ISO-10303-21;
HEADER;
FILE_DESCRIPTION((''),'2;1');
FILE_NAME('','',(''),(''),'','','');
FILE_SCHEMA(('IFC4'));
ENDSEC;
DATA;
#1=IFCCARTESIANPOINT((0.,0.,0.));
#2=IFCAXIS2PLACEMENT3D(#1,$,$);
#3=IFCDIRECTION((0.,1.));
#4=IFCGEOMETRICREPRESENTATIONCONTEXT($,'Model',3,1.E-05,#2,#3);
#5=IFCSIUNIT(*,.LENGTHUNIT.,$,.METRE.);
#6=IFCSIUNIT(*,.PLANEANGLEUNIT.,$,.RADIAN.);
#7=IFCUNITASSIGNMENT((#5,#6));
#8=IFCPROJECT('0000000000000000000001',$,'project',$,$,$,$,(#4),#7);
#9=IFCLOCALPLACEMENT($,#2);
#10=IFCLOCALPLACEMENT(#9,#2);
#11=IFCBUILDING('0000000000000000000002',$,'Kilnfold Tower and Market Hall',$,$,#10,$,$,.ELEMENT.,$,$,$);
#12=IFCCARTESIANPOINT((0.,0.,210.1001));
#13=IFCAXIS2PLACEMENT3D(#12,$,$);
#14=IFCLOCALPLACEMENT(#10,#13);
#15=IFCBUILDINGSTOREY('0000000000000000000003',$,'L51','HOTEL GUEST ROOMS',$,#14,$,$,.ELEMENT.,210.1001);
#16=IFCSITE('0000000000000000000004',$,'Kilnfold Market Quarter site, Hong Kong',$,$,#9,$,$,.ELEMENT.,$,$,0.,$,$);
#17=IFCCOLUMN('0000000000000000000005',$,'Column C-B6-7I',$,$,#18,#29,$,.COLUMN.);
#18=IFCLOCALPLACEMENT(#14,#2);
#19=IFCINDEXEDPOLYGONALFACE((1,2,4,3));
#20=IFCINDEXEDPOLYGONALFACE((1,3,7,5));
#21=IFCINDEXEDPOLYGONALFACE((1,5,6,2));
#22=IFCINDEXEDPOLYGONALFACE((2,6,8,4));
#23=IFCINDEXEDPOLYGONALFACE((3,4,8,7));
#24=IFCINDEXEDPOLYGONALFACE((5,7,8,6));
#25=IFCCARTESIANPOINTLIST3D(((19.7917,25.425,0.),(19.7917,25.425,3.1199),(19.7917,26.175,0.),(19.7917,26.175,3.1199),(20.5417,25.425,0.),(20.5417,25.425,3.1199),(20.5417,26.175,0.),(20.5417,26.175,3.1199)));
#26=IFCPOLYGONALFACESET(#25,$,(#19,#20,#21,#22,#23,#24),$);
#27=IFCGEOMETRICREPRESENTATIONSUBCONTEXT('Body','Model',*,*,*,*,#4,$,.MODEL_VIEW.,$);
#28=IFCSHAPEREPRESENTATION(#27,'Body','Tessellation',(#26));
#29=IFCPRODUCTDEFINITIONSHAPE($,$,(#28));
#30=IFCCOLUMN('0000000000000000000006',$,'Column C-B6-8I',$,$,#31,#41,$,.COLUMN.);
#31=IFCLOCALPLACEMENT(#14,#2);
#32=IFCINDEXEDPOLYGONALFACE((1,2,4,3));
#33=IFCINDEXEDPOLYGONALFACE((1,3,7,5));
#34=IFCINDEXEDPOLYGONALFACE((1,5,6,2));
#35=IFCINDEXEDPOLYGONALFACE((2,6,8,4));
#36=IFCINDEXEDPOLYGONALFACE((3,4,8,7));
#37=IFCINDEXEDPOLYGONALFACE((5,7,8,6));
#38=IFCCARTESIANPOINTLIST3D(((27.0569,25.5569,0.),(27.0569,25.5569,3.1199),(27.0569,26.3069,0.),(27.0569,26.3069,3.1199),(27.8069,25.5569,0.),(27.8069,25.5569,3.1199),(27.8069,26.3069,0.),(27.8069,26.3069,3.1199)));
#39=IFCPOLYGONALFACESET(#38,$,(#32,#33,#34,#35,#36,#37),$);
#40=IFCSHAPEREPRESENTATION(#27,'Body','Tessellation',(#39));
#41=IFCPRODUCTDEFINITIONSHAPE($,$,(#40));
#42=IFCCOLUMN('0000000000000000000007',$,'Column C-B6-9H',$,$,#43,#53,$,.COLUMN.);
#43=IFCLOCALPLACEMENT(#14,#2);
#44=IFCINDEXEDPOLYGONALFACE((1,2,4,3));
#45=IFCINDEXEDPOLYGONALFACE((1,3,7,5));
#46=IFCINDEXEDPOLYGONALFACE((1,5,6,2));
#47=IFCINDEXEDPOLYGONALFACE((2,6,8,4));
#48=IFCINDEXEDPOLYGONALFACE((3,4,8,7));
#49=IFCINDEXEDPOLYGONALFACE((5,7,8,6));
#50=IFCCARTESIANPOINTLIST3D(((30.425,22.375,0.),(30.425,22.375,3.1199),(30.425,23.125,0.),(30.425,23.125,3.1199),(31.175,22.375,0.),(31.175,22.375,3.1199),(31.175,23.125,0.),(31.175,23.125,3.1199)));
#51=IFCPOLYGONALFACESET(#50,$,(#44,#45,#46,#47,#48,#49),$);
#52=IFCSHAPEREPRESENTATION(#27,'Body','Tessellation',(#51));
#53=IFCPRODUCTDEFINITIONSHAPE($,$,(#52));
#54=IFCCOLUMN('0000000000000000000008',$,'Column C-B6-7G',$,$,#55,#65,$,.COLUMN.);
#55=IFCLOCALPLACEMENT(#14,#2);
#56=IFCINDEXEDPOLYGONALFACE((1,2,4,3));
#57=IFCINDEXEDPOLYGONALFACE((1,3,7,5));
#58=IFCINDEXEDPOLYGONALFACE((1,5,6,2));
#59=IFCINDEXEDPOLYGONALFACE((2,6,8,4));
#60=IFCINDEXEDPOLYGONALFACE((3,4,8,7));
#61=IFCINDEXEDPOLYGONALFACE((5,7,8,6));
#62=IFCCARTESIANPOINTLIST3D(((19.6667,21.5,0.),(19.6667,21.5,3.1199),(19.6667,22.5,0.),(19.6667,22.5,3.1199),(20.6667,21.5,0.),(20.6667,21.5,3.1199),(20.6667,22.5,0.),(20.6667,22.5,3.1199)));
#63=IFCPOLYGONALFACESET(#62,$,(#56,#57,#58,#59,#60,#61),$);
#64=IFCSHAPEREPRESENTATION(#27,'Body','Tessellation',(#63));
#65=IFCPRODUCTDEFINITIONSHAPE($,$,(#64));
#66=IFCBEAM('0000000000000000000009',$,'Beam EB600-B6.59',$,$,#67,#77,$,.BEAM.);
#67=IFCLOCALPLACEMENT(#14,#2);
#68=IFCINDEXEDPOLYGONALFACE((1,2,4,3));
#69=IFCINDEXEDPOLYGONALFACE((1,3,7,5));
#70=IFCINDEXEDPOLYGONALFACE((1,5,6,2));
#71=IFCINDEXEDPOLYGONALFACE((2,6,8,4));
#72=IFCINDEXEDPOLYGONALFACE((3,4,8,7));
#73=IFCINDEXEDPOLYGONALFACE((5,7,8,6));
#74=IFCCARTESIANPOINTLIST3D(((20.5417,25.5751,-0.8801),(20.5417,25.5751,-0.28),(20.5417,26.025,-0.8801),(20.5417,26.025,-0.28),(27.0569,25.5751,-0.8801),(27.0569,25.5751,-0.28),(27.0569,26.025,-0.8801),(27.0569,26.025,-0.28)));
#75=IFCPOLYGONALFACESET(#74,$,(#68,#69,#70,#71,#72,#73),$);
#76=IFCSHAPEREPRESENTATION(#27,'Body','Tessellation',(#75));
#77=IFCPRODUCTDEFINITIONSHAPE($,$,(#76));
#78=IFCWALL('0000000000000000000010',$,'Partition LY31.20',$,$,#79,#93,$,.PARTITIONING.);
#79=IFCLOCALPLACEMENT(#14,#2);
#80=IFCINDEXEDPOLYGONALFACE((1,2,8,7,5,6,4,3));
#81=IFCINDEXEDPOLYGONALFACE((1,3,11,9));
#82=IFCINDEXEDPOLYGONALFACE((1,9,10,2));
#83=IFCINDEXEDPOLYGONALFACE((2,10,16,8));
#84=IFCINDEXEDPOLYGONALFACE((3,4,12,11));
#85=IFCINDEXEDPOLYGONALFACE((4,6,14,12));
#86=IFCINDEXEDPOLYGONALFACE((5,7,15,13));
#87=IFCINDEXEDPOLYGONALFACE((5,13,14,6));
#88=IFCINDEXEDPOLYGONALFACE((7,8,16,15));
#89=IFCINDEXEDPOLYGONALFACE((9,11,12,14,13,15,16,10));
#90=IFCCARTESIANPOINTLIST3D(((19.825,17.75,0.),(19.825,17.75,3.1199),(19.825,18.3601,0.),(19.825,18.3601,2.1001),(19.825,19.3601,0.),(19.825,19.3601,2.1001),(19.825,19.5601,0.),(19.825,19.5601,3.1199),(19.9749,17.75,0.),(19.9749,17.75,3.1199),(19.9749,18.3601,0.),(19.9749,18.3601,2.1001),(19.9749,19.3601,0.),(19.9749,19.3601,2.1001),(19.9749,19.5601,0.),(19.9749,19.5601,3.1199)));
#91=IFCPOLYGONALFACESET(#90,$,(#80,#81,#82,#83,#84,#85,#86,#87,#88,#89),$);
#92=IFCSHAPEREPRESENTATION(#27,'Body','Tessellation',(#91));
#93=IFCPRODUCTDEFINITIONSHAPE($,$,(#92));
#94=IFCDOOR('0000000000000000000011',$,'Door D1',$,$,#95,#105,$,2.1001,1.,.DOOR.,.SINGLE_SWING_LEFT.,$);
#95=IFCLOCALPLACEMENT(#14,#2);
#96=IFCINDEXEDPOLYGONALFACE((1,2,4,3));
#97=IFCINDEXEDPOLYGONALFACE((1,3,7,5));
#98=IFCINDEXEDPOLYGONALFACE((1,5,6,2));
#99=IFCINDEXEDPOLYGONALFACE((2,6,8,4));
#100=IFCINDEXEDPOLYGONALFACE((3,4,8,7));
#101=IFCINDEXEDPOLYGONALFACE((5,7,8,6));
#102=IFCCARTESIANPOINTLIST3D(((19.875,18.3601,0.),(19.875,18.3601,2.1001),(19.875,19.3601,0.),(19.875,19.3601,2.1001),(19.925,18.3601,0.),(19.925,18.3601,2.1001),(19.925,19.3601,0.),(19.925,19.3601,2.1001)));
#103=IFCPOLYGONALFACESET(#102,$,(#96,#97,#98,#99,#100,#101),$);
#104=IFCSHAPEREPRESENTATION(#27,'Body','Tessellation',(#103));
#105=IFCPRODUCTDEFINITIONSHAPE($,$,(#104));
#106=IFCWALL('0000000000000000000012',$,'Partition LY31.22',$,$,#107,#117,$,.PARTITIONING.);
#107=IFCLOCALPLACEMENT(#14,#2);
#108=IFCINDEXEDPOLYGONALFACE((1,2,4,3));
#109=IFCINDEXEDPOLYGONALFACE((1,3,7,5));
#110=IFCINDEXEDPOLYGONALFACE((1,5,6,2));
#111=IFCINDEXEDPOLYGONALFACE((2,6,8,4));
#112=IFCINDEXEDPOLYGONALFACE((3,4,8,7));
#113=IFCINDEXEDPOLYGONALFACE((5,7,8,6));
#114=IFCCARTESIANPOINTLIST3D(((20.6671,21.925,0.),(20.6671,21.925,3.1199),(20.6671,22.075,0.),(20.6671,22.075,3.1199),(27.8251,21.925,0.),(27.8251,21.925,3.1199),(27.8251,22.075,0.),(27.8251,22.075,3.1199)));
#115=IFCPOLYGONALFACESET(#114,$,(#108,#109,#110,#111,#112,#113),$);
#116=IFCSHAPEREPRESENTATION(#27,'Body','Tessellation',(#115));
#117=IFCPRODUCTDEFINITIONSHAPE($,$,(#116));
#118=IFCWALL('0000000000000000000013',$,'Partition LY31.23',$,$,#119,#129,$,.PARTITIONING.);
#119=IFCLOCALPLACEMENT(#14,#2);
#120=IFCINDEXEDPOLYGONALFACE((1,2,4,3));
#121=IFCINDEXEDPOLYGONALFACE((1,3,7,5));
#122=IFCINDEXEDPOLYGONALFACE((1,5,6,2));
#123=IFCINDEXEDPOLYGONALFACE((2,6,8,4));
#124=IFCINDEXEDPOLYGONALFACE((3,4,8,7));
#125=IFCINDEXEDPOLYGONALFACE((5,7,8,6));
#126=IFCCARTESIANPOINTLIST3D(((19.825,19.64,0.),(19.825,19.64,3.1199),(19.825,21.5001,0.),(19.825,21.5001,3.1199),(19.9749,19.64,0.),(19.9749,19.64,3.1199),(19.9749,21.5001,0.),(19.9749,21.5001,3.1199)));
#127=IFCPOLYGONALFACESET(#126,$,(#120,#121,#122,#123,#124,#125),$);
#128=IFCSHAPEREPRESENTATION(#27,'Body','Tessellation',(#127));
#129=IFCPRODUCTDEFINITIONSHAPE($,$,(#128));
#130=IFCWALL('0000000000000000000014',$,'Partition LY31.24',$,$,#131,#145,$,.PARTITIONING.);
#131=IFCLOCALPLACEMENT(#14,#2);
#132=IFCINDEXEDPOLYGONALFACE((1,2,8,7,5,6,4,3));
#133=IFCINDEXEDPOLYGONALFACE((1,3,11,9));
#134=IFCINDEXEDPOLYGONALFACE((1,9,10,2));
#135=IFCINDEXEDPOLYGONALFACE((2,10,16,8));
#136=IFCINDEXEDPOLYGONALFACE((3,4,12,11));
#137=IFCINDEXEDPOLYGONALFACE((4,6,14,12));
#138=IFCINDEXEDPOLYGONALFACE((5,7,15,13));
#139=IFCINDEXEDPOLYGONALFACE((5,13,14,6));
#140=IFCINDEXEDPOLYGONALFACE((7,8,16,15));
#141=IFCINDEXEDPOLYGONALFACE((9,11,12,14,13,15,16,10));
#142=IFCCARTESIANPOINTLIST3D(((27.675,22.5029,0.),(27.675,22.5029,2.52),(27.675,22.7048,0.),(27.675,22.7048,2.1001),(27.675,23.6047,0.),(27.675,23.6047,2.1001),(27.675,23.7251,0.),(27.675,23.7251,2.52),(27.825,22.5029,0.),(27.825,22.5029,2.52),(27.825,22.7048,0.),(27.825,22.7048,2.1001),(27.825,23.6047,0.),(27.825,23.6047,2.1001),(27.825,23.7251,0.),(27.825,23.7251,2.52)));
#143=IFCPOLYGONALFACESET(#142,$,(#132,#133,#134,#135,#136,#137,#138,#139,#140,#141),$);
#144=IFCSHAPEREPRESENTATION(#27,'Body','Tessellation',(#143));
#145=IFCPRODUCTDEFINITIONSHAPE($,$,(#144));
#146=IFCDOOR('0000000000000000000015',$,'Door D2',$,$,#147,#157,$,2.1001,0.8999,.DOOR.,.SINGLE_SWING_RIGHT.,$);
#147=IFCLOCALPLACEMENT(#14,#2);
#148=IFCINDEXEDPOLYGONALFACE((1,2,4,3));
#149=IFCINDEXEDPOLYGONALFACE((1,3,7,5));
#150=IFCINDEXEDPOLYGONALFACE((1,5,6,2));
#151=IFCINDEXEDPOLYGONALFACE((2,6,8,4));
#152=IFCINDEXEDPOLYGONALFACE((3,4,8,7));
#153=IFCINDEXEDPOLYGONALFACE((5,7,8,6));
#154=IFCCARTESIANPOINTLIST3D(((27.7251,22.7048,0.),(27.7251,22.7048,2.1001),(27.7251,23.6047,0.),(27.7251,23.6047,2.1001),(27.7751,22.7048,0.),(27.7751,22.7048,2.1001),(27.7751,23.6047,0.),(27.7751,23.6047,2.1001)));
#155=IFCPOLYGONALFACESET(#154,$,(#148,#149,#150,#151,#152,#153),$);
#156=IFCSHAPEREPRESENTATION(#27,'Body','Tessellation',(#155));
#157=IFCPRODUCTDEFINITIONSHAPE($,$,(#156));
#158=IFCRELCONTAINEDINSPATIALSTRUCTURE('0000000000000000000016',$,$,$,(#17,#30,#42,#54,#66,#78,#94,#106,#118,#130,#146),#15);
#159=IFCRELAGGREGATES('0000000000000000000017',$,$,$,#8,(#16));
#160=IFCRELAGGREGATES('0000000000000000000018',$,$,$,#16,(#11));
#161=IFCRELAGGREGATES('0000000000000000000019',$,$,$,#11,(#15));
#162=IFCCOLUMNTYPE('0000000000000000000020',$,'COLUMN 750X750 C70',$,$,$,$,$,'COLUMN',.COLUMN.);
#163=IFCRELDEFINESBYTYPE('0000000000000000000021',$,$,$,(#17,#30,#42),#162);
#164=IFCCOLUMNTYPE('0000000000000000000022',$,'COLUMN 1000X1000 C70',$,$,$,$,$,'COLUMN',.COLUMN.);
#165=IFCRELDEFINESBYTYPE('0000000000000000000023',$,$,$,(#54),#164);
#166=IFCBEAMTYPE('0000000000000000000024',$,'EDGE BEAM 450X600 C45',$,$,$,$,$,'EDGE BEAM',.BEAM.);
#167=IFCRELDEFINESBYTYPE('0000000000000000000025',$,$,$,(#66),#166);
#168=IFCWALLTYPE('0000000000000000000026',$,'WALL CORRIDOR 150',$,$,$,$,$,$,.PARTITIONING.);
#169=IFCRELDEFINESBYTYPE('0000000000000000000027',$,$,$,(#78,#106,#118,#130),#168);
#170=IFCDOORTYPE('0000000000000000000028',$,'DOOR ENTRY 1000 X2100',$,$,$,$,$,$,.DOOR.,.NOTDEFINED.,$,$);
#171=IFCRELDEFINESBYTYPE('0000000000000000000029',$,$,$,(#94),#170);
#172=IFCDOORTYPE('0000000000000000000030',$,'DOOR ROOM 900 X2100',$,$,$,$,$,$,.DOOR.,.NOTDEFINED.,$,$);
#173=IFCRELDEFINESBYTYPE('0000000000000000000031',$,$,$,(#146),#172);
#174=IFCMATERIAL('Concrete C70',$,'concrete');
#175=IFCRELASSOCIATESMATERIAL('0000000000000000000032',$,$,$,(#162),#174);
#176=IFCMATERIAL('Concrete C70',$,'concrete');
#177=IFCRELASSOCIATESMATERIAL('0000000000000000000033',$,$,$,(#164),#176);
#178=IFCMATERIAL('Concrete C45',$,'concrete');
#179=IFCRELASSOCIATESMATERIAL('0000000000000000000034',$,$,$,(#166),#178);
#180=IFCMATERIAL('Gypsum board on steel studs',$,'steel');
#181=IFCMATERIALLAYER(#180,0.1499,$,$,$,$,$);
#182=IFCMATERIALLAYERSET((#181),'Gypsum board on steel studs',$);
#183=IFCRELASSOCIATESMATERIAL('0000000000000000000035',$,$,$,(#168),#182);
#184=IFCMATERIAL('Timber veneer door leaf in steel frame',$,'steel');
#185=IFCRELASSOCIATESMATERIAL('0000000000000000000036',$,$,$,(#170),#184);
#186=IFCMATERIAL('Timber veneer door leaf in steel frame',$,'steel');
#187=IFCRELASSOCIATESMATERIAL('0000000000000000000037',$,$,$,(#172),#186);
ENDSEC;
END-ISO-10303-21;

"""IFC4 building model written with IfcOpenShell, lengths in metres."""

from ifc_helpers import new_model, si_unit, direction, frame, frame_2d, origin, origin_2d, place, context, subcontext, project, spatial, rectangle, extrude, source, transform, mapped, material, layer, layer_set, material_profile, profile_set, type_object, element, fill, save


model = new_model("IFC4")

# Units and contexts
model_context = context("Model", 3, precision=1e-05, world=origin(), true_north=direction((0.0, 1.0)))
body_context = subcontext(model_context, "Body", "Model", "MODEL_VIEW")
ifc_project = project(units=[si_unit("LENGTHUNIT", "METRE"), si_unit("PLANEANGLEUNIT", "RADIAN")], contexts=[model_context])

# Site, building, storey
site_placement = place(None, origin())
site = spatial("IfcSite", under=ifc_project, at=site_placement, Name="Kilnfold Market Quarter site, Hong Kong", CompositionType="ELEMENT", RefElevation=0.0)
building_placement = place(site_placement, origin())
building = spatial("IfcBuilding", under=site, at=building_placement, Name="Kilnfold Tower and Market Hall", CompositionType="ELEMENT")
storey_placement = place(building_placement, frame((0.0, 0.0, 210.1001)))
storey = spatial("IfcBuildingStorey", under=building, at=storey_placement, Name="L51", Description="HOTEL GUEST ROOMS", CompositionType="ELEMENT", Elevation=210.1001)

# Columns
ifc_material_1 = material(Name="Concrete C70", Category="concrete")
ifc_material_profile_1 = material_profile(ifc_material_1, rectangle(XDim=0.75, YDim=0.75, at=origin_2d()), Name="RC 750x750")
ifc_profile_set_1 = profile_set([ifc_material_profile_1], Name="Concrete C70")
column_type_1 = type_object("IfcColumnType", Name="COLUMN 750X750 C70", ElementType="COLUMN", PredefinedType="COLUMN", material=ifc_profile_set_1)
shared_shape_1 = source(origin(), body_context, "Body", "SweptSolid", [
    extrude(rectangle(XDim=0.75, YDim=0.75, at=origin_2d()), origin(), (0.0, 0.0, 1.0), 3.1199),
])
for number, where, z_axis, x_axis, name in (
    (1, (20.1667, 25.8, 0.0), (0.0, 0.0, 1.0), (1.0, 0.0, 0.0), "Column C-B6-7I"),
    (2, (27.4319, 25.9319, 0.0), (0.0, 0.0, 1.0), (1.0, 0.0, 0.0), "Column C-B6-8I"),
    (3, (30.8, 22.75, 0.0), (0.0, 0.0, 1.0), (1.0, 0.0, 0.0), "Column C-B6-9H"),
):
    element("IfcColumn", number, at=place(storey_placement, frame(where, z_axis=z_axis, x_axis=x_axis)), inside=storey, type_object=column_type_1, Name=name, PredefinedType="COLUMN", context=body_context, shape_type="MappedRepresentation", body=[
        mapped(shared_shape_1, transform((0.0, 0.0, 0.0))),
    ])
ifc_material_2 = material(Name="Concrete C70", Category="concrete")
ifc_material_profile_2 = material_profile(ifc_material_2, rectangle(XDim=1.0, YDim=1.0, at=origin_2d()), Name="RC 1000x1000")
ifc_profile_set_2 = profile_set([ifc_material_profile_2], Name="Concrete C70")
column_type_2 = type_object("IfcColumnType", Name="COLUMN 1000X1000 C70", ElementType="COLUMN", PredefinedType="COLUMN", material=ifc_profile_set_2)
shared_shape_2 = source(origin(), body_context, "Body", "SweptSolid", [
    extrude(rectangle(XDim=1.0, YDim=1.0, at=origin_2d()), origin(), (0.0, 0.0, 1.0), 3.1199),
])
column_placement = place(storey_placement, frame((20.1667, 22.0, 0.0), z_axis=(0.0, 0.0, 1.0), x_axis=(1.0, 0.0, 0.0)))
element("IfcColumn", 4, at=column_placement, inside=storey, type_object=column_type_2, Name="Column C-B6-7G", PredefinedType="COLUMN", context=body_context, shape_type="MappedRepresentation", body=[
    mapped(shared_shape_2, transform((0.0, 0.0, 0.0))),
])

# Beam
ifc_material_3 = material(Name="Concrete C45", Category="concrete")
ifc_material_profile_3 = material_profile(ifc_material_3, rectangle(XDim=0.45, YDim=0.6001, at=origin_2d()), Name="RC 450x600")
ifc_profile_set_3 = profile_set([ifc_material_profile_3], Name="Concrete C45")
beam_type = type_object("IfcBeamType", Name="EDGE BEAM 450X600 C45", ElementType="EDGE BEAM", PredefinedType="BEAM", material=ifc_profile_set_3)
shared_shape_3 = source(origin(), body_context, "Body", "SweptSolid", [
    extrude(rectangle(XDim=0.45, YDim=0.6001, at=origin_2d()), origin(), (0.0, 0.0, 1.0), 6.5151),
])
beam_placement = place(storey_placement, frame((20.5417, 25.8, -0.5801), z_axis=(1.0, 0.0, 0.0), x_axis=(0.0, 1.0, 0.0)))
element("IfcBeam", 5, at=beam_placement, inside=storey, type_object=beam_type, Name="Beam EB600-B6.59", PredefinedType="BEAM", context=body_context, shape_type="MappedRepresentation", body=[
    mapped(shared_shape_3, transform((0.0, 0.0, 0.0))),
])

# Wall, opening, door
ifc_material_4 = material(Name="Gypsum board on steel studs", Category="steel")
ifc_layer_1 = layer(ifc_material_4, 0.1499)
ifc_layer_set_1 = layer_set([ifc_layer_1], Name="Gypsum board on steel studs")
wall_type_1 = type_object("IfcWallType", Name="WALL CORRIDOR 150", PredefinedType="PARTITIONING", material=ifc_layer_set_1)
wall_1_placement = place(storey_placement, frame((19.8999, 17.75, 0.0), z_axis=(0.0, 0.0, 1.0), x_axis=(0.0, 1.0, 0.0)))
wall_1 = element("IfcWall", 6, at=wall_1_placement, inside=storey, type_object=wall_type_1, Name="Partition LY31.20", PredefinedType="PARTITIONING", context=body_context, shape_type="SweptSolid", body=[
    extrude(rectangle(XDim=1.8101, YDim=0.1499, at=frame_2d((0.905, 0.0))), origin(), (0.0, 0.0, 1.0), 3.1199),
])
opening_1_placement = place(wall_1_placement, frame((0.6101, 0.0, 0.0)))
opening_1 = element("IfcOpeningElement", 7, at=opening_1_placement, cuts=wall_1, PredefinedType="OPENING", context=body_context, shape_type="SweptSolid", body=[
    extrude(rectangle(XDim=1.0, YDim=2.1001, at=frame_2d((0.5, 1.05))), frame((0.0, 0.085, 0.0), z_axis=(0.0, -1.0, 0.0), x_axis=(1.0, 0.0, 0.0)), (0.0, 0.0, 1.0), 0.1699),
])
ifc_material_5 = material(Name="Timber veneer door leaf in steel frame", Category="steel")
door_type_1 = type_object("IfcDoorType", Name="DOOR ENTRY 1000 X2100", OperationType="NOTDEFINED", PredefinedType="DOOR", material=ifc_material_5)
door_1_placement = place(opening_1_placement, origin())
door_1 = element("IfcDoor", 8, at=door_1_placement, inside=storey, type_object=door_type_1, Name="Door D1", OperationType="SINGLE_SWING_LEFT", OverallHeight=2.1001, OverallWidth=1.0, PredefinedType="DOOR", context=body_context, shape_type="SweptSolid", body=[
    extrude(rectangle(XDim=1.0, YDim=2.1001, at=frame_2d((0.5, 1.05))), frame((0.0, 0.0249, 0.0), z_axis=(0.0, -1.0, 0.0), x_axis=(1.0, 0.0, 0.0)), (0.0, 0.0, 1.0), 0.05),
])
fill(opening_1, door_1)

# Walls
wall_2_placement = place(storey_placement, frame((20.667, 22.0, 0.0), z_axis=(0.0, 0.0, 1.0), x_axis=(1.0, 0.0, 0.0)))
element("IfcWall", 9, at=wall_2_placement, inside=storey, type_object=wall_type_1, Name="Partition LY31.22", PredefinedType="PARTITIONING", context=body_context, shape_type="SweptSolid", body=[
    extrude(rectangle(XDim=7.158, YDim=0.1499, at=frame_2d((3.5791, 0.0))), origin(), (0.0, 0.0, 1.0), 3.1199),
])
wall_3_placement = place(storey_placement, frame((19.8999, 19.6399, 0.0), z_axis=(0.0, 0.0, 1.0), x_axis=(0.0, 1.0, 0.0)))
element("IfcWall", 10, at=wall_3_placement, inside=storey, type_object=wall_type_1, Name="Partition LY31.23", PredefinedType="PARTITIONING", context=body_context, shape_type="SweptSolid", body=[
    extrude(rectangle(XDim=1.8601, YDim=0.1499, at=frame_2d((0.9302, 0.0))), origin(), (0.0, 0.0, 1.0), 3.1199),
])

# Wall, opening, door
wall_4_placement = place(storey_placement, frame((27.75, 22.5029, 0.0), z_axis=(0.0, 0.0, 1.0), x_axis=(0.0, 1.0, 0.0)))
wall_4 = element("IfcWall", 11, at=wall_4_placement, inside=storey, type_object=wall_type_1, Name="Partition LY31.24", PredefinedType="PARTITIONING", context=body_context, shape_type="SweptSolid", body=[
    extrude(rectangle(XDim=1.2222, YDim=0.1499, at=frame_2d((0.6111, 0.0))), origin(), (0.0, 0.0, 1.0), 2.52),
])
opening_2_placement = place(wall_4_placement, frame((0.2019, 0.0, 0.0)))
opening_2 = element("IfcOpeningElement", 12, at=opening_2_placement, cuts=wall_4, PredefinedType="OPENING", context=body_context, shape_type="SweptSolid", body=[
    extrude(rectangle(XDim=0.8999, YDim=2.1001, at=frame_2d((0.45, 1.05))), frame((0.0, 0.085, 0.0), z_axis=(0.0, -1.0, 0.0), x_axis=(1.0, 0.0, 0.0)), (0.0, 0.0, 1.0), 0.1699),
])
ifc_material_6 = material(Name="Timber veneer door leaf in steel frame", Category="steel")
door_type_2 = type_object("IfcDoorType", Name="DOOR ROOM 900 X2100", OperationType="NOTDEFINED", PredefinedType="DOOR", material=ifc_material_6)
door_2_placement = place(opening_2_placement, origin())
door_2 = element("IfcDoor", 13, at=door_2_placement, inside=storey, type_object=door_type_2, Name="Door D2", OperationType="SINGLE_SWING_RIGHT", OverallHeight=2.1001, OverallWidth=0.8999, PredefinedType="DOOR", context=body_context, shape_type="SweptSolid", body=[
    extrude(rectangle(XDim=0.8999, YDim=2.1001, at=frame_2d((0.45, 1.05))), frame((0.0, 0.0249, 0.0), z_axis=(0.0, -1.0, 0.0), x_axis=(1.0, 0.0, 0.0)), (0.0, 0.0, 1.0), 0.05),
])
fill(opening_2, door_2)

save(model, "model.ifc")
